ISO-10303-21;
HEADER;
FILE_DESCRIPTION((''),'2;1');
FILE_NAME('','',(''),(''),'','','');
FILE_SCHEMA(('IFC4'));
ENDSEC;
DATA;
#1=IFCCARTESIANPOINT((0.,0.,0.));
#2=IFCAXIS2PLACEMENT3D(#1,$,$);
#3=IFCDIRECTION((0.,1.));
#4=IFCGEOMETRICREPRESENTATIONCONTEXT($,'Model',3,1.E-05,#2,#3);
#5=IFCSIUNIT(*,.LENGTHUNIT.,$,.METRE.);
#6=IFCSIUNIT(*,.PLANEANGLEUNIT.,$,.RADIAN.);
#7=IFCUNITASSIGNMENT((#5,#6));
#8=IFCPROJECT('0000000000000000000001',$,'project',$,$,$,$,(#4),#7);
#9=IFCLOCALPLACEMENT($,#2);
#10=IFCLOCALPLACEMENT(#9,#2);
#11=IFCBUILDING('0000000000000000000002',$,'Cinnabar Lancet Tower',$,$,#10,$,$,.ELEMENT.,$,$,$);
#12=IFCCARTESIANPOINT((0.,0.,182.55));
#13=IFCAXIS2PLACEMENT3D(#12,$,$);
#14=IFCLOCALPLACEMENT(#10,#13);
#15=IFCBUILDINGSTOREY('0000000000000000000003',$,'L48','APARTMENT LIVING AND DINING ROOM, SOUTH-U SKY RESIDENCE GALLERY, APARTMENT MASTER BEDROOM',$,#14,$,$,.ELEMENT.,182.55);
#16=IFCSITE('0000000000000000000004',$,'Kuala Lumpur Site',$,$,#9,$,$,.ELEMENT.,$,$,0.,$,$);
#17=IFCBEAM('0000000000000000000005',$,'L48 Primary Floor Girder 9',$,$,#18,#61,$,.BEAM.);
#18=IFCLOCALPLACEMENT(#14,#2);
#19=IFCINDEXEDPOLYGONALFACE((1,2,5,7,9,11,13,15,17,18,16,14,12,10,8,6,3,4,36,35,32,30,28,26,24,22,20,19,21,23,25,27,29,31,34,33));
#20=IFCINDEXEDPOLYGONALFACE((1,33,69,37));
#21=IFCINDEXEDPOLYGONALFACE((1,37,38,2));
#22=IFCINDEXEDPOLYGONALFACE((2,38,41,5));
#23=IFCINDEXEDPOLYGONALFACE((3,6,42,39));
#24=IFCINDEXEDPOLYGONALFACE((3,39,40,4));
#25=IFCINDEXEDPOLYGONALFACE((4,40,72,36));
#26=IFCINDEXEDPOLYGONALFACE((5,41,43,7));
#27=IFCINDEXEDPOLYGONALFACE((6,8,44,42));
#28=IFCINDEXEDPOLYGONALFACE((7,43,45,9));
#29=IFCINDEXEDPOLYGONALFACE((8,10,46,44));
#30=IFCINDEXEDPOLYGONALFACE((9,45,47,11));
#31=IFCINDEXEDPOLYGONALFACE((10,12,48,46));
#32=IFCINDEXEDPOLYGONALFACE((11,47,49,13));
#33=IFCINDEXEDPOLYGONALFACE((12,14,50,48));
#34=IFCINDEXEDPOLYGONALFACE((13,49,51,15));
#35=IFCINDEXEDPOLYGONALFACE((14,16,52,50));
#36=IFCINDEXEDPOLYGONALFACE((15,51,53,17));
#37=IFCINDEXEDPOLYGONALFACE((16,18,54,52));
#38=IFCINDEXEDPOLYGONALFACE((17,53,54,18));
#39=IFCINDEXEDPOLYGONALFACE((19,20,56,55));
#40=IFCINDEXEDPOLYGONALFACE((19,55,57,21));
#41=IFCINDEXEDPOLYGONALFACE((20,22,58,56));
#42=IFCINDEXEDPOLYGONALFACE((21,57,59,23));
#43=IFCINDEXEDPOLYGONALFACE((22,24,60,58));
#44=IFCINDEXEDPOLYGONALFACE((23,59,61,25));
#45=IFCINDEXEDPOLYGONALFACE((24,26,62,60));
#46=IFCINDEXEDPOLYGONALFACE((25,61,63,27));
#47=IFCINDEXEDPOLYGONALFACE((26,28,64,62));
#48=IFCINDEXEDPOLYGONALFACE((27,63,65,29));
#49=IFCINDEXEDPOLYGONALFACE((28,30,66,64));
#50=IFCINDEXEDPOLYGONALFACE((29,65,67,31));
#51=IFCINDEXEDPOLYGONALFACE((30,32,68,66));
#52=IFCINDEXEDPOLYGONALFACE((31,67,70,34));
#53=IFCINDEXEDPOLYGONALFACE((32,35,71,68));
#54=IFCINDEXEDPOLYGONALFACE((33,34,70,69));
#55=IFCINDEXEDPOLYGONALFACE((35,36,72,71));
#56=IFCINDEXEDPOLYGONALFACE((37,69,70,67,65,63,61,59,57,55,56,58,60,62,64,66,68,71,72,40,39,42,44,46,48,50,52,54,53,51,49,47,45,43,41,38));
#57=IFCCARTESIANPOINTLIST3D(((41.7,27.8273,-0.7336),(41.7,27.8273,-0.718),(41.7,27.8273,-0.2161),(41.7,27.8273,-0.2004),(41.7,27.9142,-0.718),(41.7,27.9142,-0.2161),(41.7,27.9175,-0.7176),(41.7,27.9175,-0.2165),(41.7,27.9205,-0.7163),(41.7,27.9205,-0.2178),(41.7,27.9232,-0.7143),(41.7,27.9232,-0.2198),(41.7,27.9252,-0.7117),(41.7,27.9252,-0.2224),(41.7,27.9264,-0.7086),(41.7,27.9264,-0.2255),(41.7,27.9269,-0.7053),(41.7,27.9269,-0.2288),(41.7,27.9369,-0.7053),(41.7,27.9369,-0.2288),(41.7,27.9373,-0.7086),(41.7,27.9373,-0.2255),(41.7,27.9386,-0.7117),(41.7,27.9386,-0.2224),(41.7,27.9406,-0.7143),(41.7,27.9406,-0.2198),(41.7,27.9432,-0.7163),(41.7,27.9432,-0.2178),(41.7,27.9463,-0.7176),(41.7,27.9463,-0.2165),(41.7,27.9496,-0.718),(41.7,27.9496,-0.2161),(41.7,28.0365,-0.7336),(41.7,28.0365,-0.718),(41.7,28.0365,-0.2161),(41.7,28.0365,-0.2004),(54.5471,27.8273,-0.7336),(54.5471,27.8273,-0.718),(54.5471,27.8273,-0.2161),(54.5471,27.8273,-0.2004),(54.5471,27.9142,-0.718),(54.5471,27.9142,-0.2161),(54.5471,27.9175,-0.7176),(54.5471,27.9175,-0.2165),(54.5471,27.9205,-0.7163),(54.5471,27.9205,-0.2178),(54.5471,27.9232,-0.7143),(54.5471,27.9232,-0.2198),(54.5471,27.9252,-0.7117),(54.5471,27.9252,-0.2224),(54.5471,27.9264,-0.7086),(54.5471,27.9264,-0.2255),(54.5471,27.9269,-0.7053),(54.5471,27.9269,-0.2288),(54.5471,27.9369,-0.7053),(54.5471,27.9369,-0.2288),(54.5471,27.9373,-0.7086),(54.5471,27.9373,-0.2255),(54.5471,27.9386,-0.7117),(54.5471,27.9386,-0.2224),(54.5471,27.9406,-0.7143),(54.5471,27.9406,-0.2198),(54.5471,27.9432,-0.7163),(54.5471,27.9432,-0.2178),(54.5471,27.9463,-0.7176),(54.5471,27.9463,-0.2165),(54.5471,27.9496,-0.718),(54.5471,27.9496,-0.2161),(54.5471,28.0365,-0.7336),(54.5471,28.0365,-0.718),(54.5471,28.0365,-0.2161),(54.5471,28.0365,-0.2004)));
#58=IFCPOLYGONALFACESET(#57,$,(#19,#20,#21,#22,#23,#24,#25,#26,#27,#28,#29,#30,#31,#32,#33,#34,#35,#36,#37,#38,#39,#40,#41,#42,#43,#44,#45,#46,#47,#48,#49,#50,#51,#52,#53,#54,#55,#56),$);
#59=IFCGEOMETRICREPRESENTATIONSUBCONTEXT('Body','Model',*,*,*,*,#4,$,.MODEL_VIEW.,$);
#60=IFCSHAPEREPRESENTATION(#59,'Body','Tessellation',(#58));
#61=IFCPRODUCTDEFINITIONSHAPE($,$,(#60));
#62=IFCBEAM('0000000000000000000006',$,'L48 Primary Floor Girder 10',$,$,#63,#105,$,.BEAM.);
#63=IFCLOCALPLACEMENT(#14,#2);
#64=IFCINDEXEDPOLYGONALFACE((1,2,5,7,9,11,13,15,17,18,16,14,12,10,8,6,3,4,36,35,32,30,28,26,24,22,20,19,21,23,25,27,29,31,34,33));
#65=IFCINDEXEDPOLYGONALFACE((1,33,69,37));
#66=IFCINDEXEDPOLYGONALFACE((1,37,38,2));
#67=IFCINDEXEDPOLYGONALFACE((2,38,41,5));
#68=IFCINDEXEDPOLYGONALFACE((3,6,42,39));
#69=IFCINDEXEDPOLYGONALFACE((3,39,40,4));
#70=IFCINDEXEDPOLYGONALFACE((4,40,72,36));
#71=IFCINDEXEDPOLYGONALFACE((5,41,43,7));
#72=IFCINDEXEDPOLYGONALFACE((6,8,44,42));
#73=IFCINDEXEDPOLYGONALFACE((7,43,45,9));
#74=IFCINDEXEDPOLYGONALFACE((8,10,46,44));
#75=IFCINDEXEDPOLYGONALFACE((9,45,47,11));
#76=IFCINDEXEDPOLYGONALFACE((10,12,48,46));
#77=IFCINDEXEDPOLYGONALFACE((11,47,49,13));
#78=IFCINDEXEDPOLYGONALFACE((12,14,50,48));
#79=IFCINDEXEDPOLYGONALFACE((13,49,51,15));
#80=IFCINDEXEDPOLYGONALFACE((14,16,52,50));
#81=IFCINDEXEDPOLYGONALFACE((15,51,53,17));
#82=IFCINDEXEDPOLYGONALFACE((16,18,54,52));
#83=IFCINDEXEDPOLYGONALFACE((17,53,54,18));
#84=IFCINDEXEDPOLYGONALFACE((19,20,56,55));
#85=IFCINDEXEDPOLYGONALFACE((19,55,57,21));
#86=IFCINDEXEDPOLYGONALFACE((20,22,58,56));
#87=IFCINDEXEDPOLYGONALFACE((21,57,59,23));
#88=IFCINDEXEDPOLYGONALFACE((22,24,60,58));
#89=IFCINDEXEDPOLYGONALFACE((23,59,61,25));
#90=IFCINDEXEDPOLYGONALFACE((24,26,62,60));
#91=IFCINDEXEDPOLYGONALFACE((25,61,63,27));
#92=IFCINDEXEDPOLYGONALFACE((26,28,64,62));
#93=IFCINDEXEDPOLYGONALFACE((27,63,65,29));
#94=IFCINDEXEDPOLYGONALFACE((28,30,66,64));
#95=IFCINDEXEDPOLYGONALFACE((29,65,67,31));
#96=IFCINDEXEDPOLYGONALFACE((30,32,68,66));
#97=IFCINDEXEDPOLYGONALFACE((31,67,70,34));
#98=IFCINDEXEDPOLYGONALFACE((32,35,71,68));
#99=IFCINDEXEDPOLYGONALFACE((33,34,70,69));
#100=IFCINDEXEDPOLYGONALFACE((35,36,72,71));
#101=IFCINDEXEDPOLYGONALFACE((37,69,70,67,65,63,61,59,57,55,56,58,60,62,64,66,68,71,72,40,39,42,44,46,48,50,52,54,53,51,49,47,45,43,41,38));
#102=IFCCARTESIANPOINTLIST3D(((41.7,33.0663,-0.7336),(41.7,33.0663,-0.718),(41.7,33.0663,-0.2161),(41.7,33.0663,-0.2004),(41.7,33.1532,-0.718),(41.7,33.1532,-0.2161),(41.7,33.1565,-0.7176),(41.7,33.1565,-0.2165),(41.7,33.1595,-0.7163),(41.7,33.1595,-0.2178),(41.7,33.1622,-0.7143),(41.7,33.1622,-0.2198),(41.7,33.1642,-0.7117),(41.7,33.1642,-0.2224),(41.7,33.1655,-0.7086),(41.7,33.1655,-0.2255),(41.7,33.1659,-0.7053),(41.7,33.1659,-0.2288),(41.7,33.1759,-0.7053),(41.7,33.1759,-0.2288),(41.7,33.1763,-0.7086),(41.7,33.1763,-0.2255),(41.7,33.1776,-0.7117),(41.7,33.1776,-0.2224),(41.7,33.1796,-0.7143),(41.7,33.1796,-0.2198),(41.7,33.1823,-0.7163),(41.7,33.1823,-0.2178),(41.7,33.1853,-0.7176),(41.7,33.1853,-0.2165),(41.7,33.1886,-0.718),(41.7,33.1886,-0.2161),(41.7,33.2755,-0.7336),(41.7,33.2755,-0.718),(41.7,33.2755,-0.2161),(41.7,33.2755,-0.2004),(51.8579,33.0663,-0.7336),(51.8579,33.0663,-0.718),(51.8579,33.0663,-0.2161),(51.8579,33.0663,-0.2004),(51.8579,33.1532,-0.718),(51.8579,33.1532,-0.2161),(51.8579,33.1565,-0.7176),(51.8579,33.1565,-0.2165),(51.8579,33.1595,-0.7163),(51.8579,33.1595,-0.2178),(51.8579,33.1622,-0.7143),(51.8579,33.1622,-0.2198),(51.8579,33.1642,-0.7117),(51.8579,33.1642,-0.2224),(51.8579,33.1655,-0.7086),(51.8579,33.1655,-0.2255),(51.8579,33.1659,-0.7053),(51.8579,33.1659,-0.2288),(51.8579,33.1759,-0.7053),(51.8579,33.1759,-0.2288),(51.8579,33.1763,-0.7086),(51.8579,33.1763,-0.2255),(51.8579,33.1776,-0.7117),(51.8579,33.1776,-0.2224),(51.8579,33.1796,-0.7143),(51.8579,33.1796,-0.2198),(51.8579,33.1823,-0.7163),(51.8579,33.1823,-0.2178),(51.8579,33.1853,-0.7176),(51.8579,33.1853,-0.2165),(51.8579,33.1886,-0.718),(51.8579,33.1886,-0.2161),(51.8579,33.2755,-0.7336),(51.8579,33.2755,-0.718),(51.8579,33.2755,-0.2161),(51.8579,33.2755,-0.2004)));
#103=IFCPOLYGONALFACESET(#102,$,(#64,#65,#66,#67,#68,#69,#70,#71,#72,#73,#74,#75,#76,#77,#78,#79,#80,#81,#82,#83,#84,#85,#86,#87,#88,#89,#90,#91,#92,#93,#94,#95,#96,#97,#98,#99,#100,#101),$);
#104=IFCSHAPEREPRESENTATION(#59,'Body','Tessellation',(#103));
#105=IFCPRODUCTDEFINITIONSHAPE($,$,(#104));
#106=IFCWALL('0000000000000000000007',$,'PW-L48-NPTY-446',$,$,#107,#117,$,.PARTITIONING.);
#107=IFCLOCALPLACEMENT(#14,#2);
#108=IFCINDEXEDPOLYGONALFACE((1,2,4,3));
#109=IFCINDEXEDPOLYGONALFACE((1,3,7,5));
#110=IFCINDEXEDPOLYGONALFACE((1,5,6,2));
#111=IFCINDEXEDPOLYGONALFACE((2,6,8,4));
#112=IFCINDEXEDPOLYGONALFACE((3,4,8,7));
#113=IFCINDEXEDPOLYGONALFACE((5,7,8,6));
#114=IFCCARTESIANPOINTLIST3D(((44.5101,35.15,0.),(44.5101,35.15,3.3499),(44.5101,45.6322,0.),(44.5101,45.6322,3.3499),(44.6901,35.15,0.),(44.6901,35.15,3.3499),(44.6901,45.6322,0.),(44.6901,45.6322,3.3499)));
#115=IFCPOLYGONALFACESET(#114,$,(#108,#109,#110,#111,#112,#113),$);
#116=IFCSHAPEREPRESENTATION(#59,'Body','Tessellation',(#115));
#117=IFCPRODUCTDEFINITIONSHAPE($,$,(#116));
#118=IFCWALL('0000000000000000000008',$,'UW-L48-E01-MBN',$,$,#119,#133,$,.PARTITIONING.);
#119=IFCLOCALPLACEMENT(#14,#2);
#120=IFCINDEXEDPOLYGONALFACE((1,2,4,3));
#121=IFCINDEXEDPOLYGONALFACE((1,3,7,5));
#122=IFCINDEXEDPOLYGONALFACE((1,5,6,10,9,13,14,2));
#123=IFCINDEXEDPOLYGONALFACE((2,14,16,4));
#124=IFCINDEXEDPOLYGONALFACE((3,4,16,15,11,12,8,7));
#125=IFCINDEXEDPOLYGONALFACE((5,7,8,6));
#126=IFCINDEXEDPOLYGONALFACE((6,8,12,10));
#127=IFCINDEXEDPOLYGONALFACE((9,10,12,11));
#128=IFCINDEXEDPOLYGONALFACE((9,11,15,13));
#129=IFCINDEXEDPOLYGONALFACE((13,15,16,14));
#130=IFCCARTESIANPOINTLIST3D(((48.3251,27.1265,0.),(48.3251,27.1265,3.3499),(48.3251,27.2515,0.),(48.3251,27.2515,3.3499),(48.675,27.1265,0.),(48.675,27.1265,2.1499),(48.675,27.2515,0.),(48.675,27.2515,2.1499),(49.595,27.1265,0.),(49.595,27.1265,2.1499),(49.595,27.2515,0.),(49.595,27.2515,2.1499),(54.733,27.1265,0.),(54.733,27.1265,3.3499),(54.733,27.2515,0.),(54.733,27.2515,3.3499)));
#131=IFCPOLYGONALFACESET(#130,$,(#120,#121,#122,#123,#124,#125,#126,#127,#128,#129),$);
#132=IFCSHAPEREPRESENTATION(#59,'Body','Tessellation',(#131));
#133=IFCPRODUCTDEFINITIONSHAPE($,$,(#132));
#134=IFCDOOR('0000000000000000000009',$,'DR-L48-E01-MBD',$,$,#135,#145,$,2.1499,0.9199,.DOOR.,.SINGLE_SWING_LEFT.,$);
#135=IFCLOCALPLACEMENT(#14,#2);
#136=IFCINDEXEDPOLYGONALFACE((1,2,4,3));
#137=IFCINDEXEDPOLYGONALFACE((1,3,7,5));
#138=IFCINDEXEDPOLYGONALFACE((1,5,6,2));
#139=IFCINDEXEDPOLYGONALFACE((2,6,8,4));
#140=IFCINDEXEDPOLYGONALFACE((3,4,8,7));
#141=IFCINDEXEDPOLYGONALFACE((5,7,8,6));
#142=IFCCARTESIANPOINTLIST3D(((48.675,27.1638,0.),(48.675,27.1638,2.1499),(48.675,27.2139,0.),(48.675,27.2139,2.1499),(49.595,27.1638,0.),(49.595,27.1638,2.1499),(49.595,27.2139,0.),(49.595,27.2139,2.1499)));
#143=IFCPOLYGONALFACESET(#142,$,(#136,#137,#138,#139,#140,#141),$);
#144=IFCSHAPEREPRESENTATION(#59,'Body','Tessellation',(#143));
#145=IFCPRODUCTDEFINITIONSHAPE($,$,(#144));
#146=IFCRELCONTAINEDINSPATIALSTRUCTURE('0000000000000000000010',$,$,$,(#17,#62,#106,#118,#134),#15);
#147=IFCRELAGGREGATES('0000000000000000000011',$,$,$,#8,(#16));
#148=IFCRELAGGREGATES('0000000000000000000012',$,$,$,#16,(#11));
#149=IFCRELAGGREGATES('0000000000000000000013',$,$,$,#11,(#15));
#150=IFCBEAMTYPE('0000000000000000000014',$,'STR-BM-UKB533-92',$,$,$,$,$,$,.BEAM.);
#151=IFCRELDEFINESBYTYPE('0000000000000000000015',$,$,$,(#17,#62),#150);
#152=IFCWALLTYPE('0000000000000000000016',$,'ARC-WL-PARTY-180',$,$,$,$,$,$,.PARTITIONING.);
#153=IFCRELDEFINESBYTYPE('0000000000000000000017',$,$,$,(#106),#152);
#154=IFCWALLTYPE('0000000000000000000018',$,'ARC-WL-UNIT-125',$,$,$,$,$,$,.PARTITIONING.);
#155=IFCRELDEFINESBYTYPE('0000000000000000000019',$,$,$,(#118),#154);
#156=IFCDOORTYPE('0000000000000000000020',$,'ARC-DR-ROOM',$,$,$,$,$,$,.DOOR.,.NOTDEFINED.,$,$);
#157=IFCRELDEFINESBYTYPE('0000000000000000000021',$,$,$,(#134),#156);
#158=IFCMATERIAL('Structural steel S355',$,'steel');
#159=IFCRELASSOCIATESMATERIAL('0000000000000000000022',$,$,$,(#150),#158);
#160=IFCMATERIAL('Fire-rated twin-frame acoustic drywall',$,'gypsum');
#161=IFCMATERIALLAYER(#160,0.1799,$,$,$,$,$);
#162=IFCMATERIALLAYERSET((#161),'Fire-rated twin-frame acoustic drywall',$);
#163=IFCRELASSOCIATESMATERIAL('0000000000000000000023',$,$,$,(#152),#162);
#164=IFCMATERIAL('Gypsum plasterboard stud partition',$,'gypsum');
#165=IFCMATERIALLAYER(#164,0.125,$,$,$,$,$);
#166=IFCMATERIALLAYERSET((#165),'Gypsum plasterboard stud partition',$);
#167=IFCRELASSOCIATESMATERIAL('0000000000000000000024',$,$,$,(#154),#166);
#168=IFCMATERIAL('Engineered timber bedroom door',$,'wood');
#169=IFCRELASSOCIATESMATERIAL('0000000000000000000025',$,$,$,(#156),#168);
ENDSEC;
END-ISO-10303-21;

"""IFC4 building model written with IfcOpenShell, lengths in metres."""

from ifc_helpers import new_model, si_unit, direction, frame, frame_2d, origin, origin_2d, place, context, subcontext, project, spatial, rectangle, i_section, extrude, material, layer, layer_set, material_profile, profile_set, type_object, element, fill, save


model = new_model("IFC4")

# Units and contexts
model_context = context("Model", 3, precision=1e-05, world=origin(), true_north=direction((0.0, 1.0)))
body_context = subcontext(model_context, "Body", "Model", "MODEL_VIEW")
ifc_project = project(units=[si_unit("LENGTHUNIT", "METRE"), si_unit("PLANEANGLEUNIT", "RADIAN")], contexts=[model_context])

# Site, building, storey
site_placement = place(None, origin())
site = spatial("IfcSite", under=ifc_project, at=site_placement, Name="Kuala Lumpur Site", CompositionType="ELEMENT", RefElevation=0.0)
building_placement = place(site_placement, origin())
building = spatial("IfcBuilding", under=site, at=building_placement, Name="Cinnabar Lancet Tower", CompositionType="ELEMENT")
storey_placement = place(building_placement, frame((0.0, 0.0, 182.55)))
storey = spatial("IfcBuildingStorey", under=building, at=storey_placement, Name="L48", Description="APARTMENT LIVING AND DINING ROOM, SOUTH-U SKY RESIDENCE GALLERY, APARTMENT MASTER BEDROOM", CompositionType="ELEMENT", Elevation=182.55)

# Beams
ifc_material_1 = material(Name="Structural steel S355", Category="steel")
ifc_material_profile_1 = material_profile(ifc_material_1, i_section(OverallWidth=0.2092, OverallDepth=0.5332, WebThickness=0.01, FlangeThickness=0.0156, FilletRadius=0.0127, at=origin_2d()), Name="UKB 533x210x92")
ifc_profile_set_1 = profile_set([ifc_material_profile_1], Name="Structural steel S355")
beam_type_1 = type_object("IfcBeamType", Name="STR-BM-UKB533-92", PredefinedType="BEAM", material=ifc_profile_set_1)
beam_1_placement = place(storey_placement, frame((54.5471, 27.9319, -0.467), z_axis=(-1.0, 0.0, 0.0), x_axis=(0.0, -1.0, 0.0)))
element("IfcBeam", 1, at=beam_1_placement, inside=storey, type_object=beam_type_1, Name="L48 Primary Floor Girder 9", PredefinedType="BEAM", context=body_context, shape_type="SweptSolid", body=[
    extrude(i_section(OverallWidth=0.2092, OverallDepth=0.5332, WebThickness=0.01, FlangeThickness=0.0156, FilletRadius=0.0127, at=origin_2d()), origin(), (0.0, 0.0, 1.0), 12.8472),
])
beam_2_placement = place(storey_placement, frame((51.8579, 33.1709, -0.467), z_axis=(-1.0, 0.0, 0.0), x_axis=(0.0, -1.0, 0.0)))
element("IfcBeam", 2, at=beam_2_placement, inside=storey, type_object=beam_type_1, Name="L48 Primary Floor Girder 10", PredefinedType="BEAM", context=body_context, shape_type="SweptSolid", body=[
    extrude(i_section(OverallWidth=0.2092, OverallDepth=0.5332, WebThickness=0.01, FlangeThickness=0.0156, FilletRadius=0.0127, at=origin_2d()), origin(), (0.0, 0.0, 1.0), 10.158),
])

# Wall
ifc_material_2 = material(Name="Fire-rated twin-frame acoustic drywall", Category="gypsum")
ifc_layer_1 = layer(ifc_material_2, 0.1799)
ifc_layer_set_1 = layer_set([ifc_layer_1], Name="Fire-rated twin-frame acoustic drywall")
wall_type_1 = type_object("IfcWallType", Name="ARC-WL-PARTY-180", PredefinedType="PARTITIONING", material=ifc_layer_set_1)
wall_1_placement = place(storey_placement, frame((44.6001, 35.1499, 0.0), z_axis=(0.0, 0.0, 1.0), x_axis=(0.0, 1.0, 0.0)))
element("IfcWall", 3, at=wall_1_placement, inside=storey, type_object=wall_type_1, Name="PW-L48-NPTY-446", PredefinedType="PARTITIONING", context=body_context, shape_type="SweptSolid", body=[
    extrude(rectangle(XDim=10.4822, YDim=0.1799, at=frame_2d((5.2412, 0.0))), origin(), (0.0, 0.0, 1.0), 3.3499),
])

# Wall, opening, door
ifc_material_3 = material(Name="Gypsum plasterboard stud partition", Category="gypsum")
ifc_layer_2 = layer(ifc_material_3, 0.125)
ifc_layer_set_2 = layer_set([ifc_layer_2], Name="Gypsum plasterboard stud partition")
wall_type_2 = type_object("IfcWallType", Name="ARC-WL-UNIT-125", PredefinedType="PARTITIONING", material=ifc_layer_set_2)
wall_2_placement = place(storey_placement, frame((48.325, 27.189, 0.0), z_axis=(0.0, 0.0, 1.0), x_axis=(1.0, 0.0, 0.0)))
wall_2 = element("IfcWall", 4, at=wall_2_placement, inside=storey, type_object=wall_type_2, Name="UW-L48-E01-MBN", PredefinedType="PARTITIONING", context=body_context, shape_type="SweptSolid", body=[
    extrude(rectangle(XDim=6.408, YDim=0.125, at=frame_2d((3.2041, 0.0))), origin(), (0.0, 0.0, 1.0), 3.3499),
])
opening_1_placement = place(wall_2_placement, frame((0.3501, 0.0, 0.0)))
opening_1 = element("IfcOpeningElement", 5, at=opening_1_placement, cuts=wall_2, PredefinedType="OPENING", context=body_context, shape_type="SweptSolid", body=[
    extrude(rectangle(XDim=0.9199, YDim=2.1499, at=frame_2d((0.46, 1.075))), frame((0.0, 0.0725, 0.0), z_axis=(0.0, -1.0, 0.0), x_axis=(1.0, 0.0, 0.0)), (0.0, 0.0, 1.0), 0.145),
])
ifc_material_4 = material(Name="Engineered timber bedroom door", Category="wood")
door_type_1 = type_object("IfcDoorType", Name="ARC-DR-ROOM", OperationType="NOTDEFINED", PredefinedType="DOOR", material=ifc_material_4)
door_1_placement = place(opening_1_placement, origin())
door_1 = element("IfcDoor", 6, at=door_1_placement, inside=storey, type_object=door_type_1, Name="DR-L48-E01-MBD", OperationType="SINGLE_SWING_LEFT", OverallHeight=2.1499, OverallWidth=0.9199, PredefinedType="DOOR", context=body_context, shape_type="SweptSolid", body=[
    extrude(rectangle(XDim=0.9199, YDim=2.1499, at=frame_2d((0.46, 1.075))), frame((0.0, 0.0249, 0.0), z_axis=(0.0, -1.0, 0.0), x_axis=(1.0, 0.0, 0.0)), (0.0, 0.0, 1.0), 0.05),
])
fill(opening_1, door_1)

save(model, "model.ifc")
